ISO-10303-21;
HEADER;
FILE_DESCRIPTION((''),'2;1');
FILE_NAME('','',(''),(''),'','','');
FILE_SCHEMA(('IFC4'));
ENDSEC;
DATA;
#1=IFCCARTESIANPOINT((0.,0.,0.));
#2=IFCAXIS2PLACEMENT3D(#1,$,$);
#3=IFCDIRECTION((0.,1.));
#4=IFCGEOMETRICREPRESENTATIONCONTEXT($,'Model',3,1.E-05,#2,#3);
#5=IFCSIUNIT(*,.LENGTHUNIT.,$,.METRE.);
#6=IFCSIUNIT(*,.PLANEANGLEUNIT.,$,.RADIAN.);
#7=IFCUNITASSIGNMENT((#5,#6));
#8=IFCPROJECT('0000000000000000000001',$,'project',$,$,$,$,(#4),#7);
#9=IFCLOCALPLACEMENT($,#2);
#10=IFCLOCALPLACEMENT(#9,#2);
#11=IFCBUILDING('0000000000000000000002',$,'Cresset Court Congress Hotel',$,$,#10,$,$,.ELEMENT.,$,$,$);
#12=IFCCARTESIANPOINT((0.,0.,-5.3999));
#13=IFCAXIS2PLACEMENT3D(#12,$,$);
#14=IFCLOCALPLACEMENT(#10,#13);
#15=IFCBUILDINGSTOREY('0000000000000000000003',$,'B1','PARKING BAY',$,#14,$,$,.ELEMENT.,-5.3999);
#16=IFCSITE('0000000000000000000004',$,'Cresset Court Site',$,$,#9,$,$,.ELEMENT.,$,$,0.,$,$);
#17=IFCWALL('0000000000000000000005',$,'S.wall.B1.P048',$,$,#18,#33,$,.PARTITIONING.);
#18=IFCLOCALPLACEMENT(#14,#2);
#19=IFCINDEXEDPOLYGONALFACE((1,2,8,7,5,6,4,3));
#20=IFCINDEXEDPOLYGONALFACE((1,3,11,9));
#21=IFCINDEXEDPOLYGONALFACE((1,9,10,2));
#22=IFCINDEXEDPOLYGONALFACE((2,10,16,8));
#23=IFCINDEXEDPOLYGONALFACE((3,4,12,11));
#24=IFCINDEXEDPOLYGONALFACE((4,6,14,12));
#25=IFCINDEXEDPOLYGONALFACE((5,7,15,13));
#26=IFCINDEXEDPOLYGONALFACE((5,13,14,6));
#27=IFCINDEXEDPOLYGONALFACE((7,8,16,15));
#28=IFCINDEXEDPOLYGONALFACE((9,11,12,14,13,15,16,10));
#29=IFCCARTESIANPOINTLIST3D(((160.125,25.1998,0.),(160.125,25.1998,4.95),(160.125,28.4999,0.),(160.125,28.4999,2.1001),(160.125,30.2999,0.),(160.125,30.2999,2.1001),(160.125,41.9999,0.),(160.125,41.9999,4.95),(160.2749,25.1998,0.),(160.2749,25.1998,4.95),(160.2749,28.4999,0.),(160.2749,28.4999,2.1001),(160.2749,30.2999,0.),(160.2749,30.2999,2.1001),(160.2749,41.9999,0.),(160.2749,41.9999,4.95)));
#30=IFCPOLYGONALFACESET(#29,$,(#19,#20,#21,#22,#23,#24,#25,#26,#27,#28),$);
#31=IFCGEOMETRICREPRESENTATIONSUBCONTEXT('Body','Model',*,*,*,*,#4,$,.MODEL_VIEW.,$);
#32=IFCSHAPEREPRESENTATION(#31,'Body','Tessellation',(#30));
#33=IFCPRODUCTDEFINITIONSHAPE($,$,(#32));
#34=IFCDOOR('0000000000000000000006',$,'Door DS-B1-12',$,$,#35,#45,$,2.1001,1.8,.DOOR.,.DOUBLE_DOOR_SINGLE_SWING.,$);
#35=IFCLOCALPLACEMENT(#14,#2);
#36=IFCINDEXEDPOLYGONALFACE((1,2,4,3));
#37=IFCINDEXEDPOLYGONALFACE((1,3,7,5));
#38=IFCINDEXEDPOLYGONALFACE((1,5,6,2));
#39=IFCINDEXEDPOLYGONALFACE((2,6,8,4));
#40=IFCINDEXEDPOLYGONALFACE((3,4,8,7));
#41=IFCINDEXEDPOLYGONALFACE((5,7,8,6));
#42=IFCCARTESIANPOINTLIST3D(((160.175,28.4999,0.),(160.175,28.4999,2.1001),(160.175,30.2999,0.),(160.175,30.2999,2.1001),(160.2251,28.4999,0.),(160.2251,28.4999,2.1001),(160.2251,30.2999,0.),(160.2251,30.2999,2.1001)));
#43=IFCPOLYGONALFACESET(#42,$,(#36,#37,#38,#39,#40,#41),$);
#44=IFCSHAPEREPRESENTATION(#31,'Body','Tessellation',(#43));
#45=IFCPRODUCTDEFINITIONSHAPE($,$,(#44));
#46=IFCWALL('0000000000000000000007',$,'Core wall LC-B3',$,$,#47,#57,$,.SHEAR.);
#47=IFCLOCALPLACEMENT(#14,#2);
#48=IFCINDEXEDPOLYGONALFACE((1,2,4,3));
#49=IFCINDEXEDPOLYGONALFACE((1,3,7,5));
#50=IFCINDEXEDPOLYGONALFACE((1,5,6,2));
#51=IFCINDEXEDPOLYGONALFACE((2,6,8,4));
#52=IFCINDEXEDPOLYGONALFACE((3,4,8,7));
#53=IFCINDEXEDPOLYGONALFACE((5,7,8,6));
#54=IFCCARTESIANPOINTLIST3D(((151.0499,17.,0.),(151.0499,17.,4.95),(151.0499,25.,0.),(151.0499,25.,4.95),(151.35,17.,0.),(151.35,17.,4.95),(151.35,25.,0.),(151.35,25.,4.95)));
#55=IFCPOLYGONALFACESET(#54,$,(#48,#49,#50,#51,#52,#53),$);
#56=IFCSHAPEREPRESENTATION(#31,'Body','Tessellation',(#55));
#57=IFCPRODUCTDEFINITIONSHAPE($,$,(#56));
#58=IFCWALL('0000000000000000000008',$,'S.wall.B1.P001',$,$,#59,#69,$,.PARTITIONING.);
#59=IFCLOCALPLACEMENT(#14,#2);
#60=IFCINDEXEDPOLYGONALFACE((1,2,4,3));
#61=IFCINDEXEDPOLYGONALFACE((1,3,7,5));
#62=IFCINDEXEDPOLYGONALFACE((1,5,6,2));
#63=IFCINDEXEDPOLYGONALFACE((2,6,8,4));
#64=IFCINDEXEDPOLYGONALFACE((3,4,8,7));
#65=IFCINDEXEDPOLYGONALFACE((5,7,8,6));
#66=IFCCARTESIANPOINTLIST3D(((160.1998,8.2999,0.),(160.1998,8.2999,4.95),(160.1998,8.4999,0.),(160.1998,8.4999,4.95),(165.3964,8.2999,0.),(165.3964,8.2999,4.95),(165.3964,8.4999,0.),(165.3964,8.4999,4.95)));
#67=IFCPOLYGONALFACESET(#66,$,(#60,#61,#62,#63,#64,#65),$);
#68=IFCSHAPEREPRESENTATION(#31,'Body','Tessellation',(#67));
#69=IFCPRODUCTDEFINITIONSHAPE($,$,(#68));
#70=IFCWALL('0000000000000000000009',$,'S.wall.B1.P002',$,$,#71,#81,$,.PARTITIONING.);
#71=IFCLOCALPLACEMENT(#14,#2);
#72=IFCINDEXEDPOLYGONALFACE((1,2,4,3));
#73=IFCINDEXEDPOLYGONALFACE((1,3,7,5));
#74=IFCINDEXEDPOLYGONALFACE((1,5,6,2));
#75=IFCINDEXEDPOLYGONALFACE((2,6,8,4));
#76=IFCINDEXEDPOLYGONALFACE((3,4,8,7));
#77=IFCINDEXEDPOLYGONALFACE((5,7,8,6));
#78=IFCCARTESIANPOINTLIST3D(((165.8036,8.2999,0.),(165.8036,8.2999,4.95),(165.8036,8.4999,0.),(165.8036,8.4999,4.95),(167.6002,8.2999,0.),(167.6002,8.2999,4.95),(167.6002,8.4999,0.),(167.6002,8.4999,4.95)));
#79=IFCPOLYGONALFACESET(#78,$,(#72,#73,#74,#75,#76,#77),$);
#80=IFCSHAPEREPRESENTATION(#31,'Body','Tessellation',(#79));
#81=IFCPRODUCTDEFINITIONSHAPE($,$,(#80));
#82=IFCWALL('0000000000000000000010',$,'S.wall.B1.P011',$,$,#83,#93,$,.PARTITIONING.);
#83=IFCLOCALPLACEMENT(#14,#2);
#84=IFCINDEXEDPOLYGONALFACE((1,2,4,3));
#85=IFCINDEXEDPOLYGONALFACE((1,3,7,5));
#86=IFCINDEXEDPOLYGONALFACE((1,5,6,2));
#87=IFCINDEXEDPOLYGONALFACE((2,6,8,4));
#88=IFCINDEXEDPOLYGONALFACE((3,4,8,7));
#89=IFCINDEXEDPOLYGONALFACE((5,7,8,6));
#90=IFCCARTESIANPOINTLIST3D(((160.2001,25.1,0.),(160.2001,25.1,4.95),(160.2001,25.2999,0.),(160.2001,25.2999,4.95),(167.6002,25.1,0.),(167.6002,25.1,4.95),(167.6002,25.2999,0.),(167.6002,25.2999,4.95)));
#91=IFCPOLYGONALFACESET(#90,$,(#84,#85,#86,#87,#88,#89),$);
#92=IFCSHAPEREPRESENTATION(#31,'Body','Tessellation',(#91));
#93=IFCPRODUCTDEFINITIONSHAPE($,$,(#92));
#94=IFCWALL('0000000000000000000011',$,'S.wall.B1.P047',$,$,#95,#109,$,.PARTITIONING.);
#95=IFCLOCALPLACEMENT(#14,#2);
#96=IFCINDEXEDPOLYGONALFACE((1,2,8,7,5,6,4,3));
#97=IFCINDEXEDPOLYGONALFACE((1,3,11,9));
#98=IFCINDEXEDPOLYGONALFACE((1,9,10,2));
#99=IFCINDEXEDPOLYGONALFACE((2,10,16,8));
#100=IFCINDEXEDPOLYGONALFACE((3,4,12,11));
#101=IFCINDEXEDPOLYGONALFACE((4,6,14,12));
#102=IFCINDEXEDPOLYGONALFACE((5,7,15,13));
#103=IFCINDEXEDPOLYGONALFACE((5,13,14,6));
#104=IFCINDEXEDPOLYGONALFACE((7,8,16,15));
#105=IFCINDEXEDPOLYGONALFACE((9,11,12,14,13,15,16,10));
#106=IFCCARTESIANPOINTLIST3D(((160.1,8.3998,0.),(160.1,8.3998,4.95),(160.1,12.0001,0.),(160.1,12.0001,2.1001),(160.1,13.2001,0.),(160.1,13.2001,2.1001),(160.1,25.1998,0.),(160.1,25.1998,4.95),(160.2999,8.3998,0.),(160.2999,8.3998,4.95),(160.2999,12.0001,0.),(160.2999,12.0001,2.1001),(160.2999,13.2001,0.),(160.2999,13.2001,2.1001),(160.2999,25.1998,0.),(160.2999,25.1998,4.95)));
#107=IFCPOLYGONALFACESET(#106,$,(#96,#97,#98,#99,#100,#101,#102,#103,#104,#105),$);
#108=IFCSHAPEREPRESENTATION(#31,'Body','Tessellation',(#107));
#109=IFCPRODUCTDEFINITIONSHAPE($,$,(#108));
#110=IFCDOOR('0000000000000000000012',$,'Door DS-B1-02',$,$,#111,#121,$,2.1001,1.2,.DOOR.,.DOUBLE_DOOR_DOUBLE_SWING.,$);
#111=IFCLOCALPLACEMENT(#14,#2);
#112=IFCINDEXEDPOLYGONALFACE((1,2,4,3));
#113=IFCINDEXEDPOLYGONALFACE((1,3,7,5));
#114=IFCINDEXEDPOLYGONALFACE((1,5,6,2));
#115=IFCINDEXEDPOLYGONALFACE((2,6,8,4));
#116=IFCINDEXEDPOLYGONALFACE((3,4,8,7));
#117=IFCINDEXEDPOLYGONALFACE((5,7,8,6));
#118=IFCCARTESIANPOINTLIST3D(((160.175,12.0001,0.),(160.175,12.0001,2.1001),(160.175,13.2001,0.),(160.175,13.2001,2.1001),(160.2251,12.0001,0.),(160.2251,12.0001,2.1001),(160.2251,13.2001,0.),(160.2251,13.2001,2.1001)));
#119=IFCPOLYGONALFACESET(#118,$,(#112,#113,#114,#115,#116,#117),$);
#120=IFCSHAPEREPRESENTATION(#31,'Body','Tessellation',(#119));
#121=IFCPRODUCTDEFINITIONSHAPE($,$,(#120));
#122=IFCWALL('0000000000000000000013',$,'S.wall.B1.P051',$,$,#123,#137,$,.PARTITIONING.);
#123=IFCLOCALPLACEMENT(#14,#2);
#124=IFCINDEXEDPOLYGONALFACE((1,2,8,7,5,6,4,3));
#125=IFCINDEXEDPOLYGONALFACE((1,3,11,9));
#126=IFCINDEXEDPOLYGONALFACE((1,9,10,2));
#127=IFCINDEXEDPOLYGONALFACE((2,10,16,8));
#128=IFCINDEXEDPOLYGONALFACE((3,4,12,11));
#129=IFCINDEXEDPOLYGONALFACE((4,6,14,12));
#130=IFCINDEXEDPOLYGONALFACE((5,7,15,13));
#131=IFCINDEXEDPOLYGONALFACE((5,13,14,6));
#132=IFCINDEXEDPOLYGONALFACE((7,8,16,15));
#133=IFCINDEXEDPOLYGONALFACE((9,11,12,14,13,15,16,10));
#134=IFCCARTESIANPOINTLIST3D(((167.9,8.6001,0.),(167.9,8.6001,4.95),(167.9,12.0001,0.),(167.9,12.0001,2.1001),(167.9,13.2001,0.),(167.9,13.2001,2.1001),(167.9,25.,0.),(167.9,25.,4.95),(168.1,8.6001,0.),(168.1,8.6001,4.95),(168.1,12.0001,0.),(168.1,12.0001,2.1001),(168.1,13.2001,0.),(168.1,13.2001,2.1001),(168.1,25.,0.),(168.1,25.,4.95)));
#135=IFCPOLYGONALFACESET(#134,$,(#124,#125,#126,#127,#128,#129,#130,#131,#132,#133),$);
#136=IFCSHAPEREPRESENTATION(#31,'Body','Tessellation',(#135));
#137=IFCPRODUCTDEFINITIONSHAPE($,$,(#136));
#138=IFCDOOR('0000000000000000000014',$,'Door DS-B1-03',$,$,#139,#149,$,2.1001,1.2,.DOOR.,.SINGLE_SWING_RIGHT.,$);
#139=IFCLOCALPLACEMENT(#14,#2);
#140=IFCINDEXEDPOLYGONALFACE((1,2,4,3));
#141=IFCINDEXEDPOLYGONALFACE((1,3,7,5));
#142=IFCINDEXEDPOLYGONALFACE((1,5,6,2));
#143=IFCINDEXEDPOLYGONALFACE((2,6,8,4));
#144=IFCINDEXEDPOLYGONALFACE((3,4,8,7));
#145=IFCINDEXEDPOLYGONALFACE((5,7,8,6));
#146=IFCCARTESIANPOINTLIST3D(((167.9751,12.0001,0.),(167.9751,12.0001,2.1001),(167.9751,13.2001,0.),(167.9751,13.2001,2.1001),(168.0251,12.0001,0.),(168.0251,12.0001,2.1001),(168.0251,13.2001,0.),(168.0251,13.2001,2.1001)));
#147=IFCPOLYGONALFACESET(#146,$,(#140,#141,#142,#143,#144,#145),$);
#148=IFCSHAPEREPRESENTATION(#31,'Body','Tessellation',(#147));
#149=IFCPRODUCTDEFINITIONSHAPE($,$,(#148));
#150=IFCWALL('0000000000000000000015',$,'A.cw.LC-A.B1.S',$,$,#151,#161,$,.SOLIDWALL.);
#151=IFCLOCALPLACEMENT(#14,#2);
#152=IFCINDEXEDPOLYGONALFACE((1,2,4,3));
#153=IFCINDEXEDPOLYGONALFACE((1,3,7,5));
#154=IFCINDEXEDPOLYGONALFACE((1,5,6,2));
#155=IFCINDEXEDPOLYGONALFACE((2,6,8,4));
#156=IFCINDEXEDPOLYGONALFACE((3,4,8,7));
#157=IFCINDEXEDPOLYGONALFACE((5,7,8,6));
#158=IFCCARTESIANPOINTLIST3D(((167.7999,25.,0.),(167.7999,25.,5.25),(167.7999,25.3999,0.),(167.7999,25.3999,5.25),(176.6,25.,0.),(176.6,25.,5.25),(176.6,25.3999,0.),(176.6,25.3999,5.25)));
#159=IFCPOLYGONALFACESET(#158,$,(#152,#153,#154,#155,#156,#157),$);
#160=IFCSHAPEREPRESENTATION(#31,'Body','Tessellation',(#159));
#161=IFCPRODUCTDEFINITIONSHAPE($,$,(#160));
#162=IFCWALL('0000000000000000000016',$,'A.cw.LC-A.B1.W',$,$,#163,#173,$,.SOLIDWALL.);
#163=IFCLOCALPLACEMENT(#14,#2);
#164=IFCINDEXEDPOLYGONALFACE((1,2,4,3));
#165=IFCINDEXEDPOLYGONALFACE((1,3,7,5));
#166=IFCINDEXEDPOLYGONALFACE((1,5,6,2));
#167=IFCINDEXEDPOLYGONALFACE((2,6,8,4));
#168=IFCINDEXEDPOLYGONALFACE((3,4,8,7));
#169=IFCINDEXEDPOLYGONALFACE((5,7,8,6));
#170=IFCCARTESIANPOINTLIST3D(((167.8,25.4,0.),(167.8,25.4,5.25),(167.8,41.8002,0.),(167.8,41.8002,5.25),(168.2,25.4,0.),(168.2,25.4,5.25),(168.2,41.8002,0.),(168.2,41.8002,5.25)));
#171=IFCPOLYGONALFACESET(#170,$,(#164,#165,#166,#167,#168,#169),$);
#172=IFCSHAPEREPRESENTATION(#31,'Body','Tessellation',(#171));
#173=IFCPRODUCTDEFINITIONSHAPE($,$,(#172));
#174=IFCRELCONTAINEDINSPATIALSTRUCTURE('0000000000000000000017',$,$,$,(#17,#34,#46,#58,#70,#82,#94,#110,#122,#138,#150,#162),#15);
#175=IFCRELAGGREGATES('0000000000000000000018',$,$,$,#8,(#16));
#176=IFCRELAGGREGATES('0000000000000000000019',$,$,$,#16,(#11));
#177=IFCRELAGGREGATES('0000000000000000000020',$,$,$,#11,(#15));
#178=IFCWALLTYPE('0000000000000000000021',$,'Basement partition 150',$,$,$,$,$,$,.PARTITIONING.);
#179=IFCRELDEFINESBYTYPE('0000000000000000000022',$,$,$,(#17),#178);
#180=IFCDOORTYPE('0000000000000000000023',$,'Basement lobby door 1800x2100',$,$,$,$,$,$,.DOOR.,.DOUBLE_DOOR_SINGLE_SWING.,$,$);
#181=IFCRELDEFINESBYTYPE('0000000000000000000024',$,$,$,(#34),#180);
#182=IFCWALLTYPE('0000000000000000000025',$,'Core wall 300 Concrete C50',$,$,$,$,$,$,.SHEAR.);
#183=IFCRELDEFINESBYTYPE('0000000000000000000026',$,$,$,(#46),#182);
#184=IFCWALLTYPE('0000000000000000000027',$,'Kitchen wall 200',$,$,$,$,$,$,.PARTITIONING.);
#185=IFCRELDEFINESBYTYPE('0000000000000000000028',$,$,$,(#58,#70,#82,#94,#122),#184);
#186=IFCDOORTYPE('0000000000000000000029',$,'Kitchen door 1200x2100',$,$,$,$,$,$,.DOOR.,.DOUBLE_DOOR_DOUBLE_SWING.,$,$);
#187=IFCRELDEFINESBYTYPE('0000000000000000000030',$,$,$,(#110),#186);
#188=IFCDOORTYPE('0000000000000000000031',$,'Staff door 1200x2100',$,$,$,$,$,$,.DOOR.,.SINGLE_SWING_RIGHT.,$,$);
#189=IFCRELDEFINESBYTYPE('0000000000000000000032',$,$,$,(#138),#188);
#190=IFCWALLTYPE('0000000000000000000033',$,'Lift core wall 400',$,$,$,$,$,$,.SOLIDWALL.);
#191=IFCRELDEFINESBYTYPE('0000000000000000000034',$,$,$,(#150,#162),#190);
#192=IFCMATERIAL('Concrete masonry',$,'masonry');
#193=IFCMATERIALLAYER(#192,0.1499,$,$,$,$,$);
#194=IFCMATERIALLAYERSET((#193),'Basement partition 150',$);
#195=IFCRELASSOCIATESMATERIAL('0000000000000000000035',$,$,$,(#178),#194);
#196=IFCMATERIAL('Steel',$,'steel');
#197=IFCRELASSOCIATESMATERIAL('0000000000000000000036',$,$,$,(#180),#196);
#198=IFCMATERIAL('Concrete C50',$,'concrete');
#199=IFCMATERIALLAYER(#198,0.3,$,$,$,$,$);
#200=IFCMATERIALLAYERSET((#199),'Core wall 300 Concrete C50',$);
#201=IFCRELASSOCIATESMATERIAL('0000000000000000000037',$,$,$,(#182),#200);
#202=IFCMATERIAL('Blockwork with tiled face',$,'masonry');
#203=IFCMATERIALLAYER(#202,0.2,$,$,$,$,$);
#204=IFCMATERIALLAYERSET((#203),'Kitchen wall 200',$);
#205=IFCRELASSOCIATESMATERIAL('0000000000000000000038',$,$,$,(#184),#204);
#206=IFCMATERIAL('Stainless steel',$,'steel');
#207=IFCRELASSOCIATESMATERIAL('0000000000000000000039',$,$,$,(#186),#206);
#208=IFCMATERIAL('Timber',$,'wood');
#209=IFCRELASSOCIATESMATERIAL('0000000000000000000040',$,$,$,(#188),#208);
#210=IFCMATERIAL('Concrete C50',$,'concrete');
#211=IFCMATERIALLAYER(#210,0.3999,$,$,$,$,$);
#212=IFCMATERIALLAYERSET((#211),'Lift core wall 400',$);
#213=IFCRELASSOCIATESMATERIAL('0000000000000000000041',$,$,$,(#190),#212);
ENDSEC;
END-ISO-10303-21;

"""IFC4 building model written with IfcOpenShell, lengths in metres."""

from ifc_helpers import new_model, si_unit, direction, frame, frame_2d, origin, place, context, subcontext, project, spatial, rectangle, extrude, material, layer, layer_set, type_object, element, fill, save


model = new_model("IFC4")

# Units and contexts
model_context = context("Model", 3, precision=1e-05, world=origin(), true_north=direction((0.0, 1.0)))
body_context = subcontext(model_context, "Body", "Model", "MODEL_VIEW")
ifc_project = project(units=[si_unit("LENGTHUNIT", "METRE"), si_unit("PLANEANGLEUNIT", "RADIAN")], contexts=[model_context])

# Site, building, storey
site_placement = place(None, origin())
site = spatial("IfcSite", under=ifc_project, at=site_placement, Name="Cresset Court Site", CompositionType="ELEMENT", RefElevation=0.0)
building_placement = place(site_placement, origin())
building = spatial("IfcBuilding", under=site, at=building_placement, Name="Cresset Court Congress Hotel", CompositionType="ELEMENT")
storey_placement = place(building_placement, frame((0.0, 0.0, -5.3999)))
storey = spatial("IfcBuildingStorey", under=building, at=storey_placement, Name="B1", Description="PARKING BAY", CompositionType="ELEMENT", Elevation=-5.3999)

# Wall, opening, door
ifc_material_1 = material(Name="Concrete masonry", Category="masonry")
ifc_layer_1 = layer(ifc_material_1, 0.1499)
ifc_layer_set_1 = layer_set([ifc_layer_1], Name="Basement partition 150")
wall_type_1 = type_object("IfcWallType", Name="Basement partition 150", PredefinedType="PARTITIONING", material=ifc_layer_set_1)
wall_1_placement = place(storey_placement, frame((160.2, 25.2, 0.0), z_axis=(0.0, 0.0, 1.0), x_axis=(0.0, 1.0, 0.0)))
wall_1 = element("IfcWall", 1, at=wall_1_placement, inside=storey, type_object=wall_type_1, Name="S.wall.B1.P048", PredefinedType="PARTITIONING", context=body_context, shape_type="SweptSolid", body=[
    extrude(rectangle(XDim=16.8, YDim=0.1499, at=frame_2d((8.3999, 0.0))), origin(), (0.0, 0.0, 1.0), 4.95),
])
opening_1_placement = place(wall_1_placement, frame((3.3, 0.0, 0.0)))
opening_1 = element("IfcOpeningElement", 2, at=opening_1_placement, cuts=wall_1, PredefinedType="OPENING", context=body_context, shape_type="SweptSolid", body=[
    extrude(rectangle(XDim=1.8, YDim=2.1001, at=frame_2d((0.8999, 1.05))), frame((0.0, 0.085, 0.0), z_axis=(0.0, -1.0, 0.0), x_axis=(1.0, 0.0, 0.0)), (0.0, 0.0, 1.0), 0.1699),
])
ifc_material_2 = material(Name="Steel", Category="steel")
door_type_1 = type_object("IfcDoorType", Name="Basement lobby door 1800x2100", OperationType="DOUBLE_DOOR_SINGLE_SWING", PredefinedType="DOOR", material=ifc_material_2)
door_1_placement = place(opening_1_placement, origin())
door_1 = element("IfcDoor", 3, at=door_1_placement, inside=storey, type_object=door_type_1, Name="Door DS-B1-12", OperationType="DOUBLE_DOOR_SINGLE_SWING", OverallHeight=2.1001, OverallWidth=1.8, PredefinedType="DOOR", context=body_context, shape_type="SweptSolid", body=[
    extrude(rectangle(XDim=1.8, YDim=2.1001, at=frame_2d((0.8999, 1.05))), frame((0.0, 0.0249, 0.0), z_axis=(0.0, -1.0, 0.0), x_axis=(1.0, 0.0, 0.0)), (0.0, 0.0, 1.0), 0.05),
])
fill(opening_1, door_1)

# Walls
ifc_material_3 = material(Name="Concrete C50", Category="concrete")
ifc_layer_2 = layer(ifc_material_3, 0.3)
ifc_layer_set_2 = layer_set([ifc_layer_2], Name="Core wall 300 Concrete C50")
wall_type_2 = type_object("IfcWallType", Name="Core wall 300 Concrete C50", PredefinedType="SHEAR", material=ifc_layer_set_2)
wall_2_placement = place(storey_placement, frame((151.2, 17.0, 0.0), z_axis=(0.0, 0.0, 1.0), x_axis=(0.0, 1.0, 0.0)))
element("IfcWall", 4, at=wall_2_placement, inside=storey, type_object=wall_type_2, Name="Core wall LC-B3", PredefinedType="SHEAR", context=body_context, shape_type="SweptSolid", body=[
    extrude(rectangle(XDim=8.0, YDim=0.3, at=frame_2d((4.0, 0.0))), origin(), (0.0, 0.0, 1.0), 4.95),
])
ifc_material_4 = material(Name="Blockwork with tiled face", Category="masonry")
ifc_layer_3 = layer(ifc_material_4, 0.2)
ifc_layer_set_3 = layer_set([ifc_layer_3], Name="Kitchen wall 200")
wall_type_3 = type_object("IfcWallType", Name="Kitchen wall 200", PredefinedType="PARTITIONING", material=ifc_layer_set_3)
wall_3_placement = place(storey_placement, frame((160.2, 8.3999, 0.0), z_axis=(0.0, 0.0, 1.0), x_axis=(1.0, 0.0, 0.0)))
element("IfcWall", 5, at=wall_3_placement, inside=storey, type_object=wall_type_3, Name="S.wall.B1.P001", PredefinedType="PARTITIONING", context=body_context, shape_type="SweptSolid", body=[
    extrude(rectangle(XDim=5.1965, YDim=0.2, at=frame_2d((2.5981, 0.0))), origin(), (0.0, 0.0, 1.0), 4.95),
])
wall_4_placement = place(storey_placement, frame((165.8035, 8.3999, 0.0), z_axis=(0.0, 0.0, 1.0), x_axis=(1.0, 0.0, 0.0)))
element("IfcWall", 6, at=wall_4_placement, inside=storey, type_object=wall_type_3, Name="S.wall.B1.P002", PredefinedType="PARTITIONING", context=body_context, shape_type="SweptSolid", body=[
    extrude(rectangle(XDim=1.7966, YDim=0.2, at=frame_2d((0.8984, 0.0))), origin(), (0.0, 0.0, 1.0), 4.95),
])
wall_5_placement = place(storey_placement, frame((160.2, 25.2, 0.0), z_axis=(0.0, 0.0, 1.0), x_axis=(1.0, 0.0, 0.0)))
element("IfcWall", 7, at=wall_5_placement, inside=storey, type_object=wall_type_3, Name="S.wall.B1.P011", PredefinedType="PARTITIONING", context=body_context, shape_type="SweptSolid", body=[
    extrude(rectangle(XDim=7.4001, YDim=0.2, at=frame_2d((3.7002, 0.0))), origin(), (0.0, 0.0, 1.0), 4.95),
])

# Walls, openings, doors
wall_6_placement = place(storey_placement, frame((160.2, 8.3999, 0.0), z_axis=(0.0, 0.0, 1.0), x_axis=(0.0, 1.0, 0.0)))
wall_6 = element("IfcWall", 8, at=wall_6_placement, inside=storey, type_object=wall_type_3, Name="S.wall.B1.P047", PredefinedType="PARTITIONING", context=body_context, shape_type="SweptSolid", body=[
    extrude(rectangle(XDim=16.8, YDim=0.2, at=frame_2d((8.3999, 0.0))), origin(), (0.0, 0.0, 1.0), 4.95),
])
opening_2_placement = place(wall_6_placement, frame((3.6001, 0.0, 0.0)))
opening_2 = element("IfcOpeningElement", 9, at=opening_2_placement, cuts=wall_6, PredefinedType="OPENING", context=body_context, shape_type="SweptSolid", body=[
    extrude(rectangle(XDim=1.2, YDim=2.1001, at=frame_2d((0.6001, 1.05))), frame((0.0, 0.1099, 0.0), z_axis=(0.0, -1.0, 0.0), x_axis=(1.0, 0.0, 0.0)), (0.0, 0.0, 1.0), 0.22),
])
ifc_material_5 = material(Name="Stainless steel", Category="steel")
door_type_2 = type_object("IfcDoorType", Name="Kitchen door 1200x2100", OperationType="DOUBLE_DOOR_DOUBLE_SWING", PredefinedType="DOOR", material=ifc_material_5)
door_2_placement = place(opening_2_placement, origin())
door_2 = element("IfcDoor", 10, at=door_2_placement, inside=storey, type_object=door_type_2, Name="Door DS-B1-02", OperationType="DOUBLE_DOOR_DOUBLE_SWING", OverallHeight=2.1001, OverallWidth=1.2, PredefinedType="DOOR", context=body_context, shape_type="SweptSolid", body=[
    extrude(rectangle(XDim=1.2, YDim=2.1001, at=frame_2d((0.6001, 1.05))), frame((0.0, 0.0249, 0.0), z_axis=(0.0, -1.0, 0.0), x_axis=(1.0, 0.0, 0.0)), (0.0, 0.0, 1.0), 0.05),
])
fill(opening_2, door_2)
wall_7_placement = place(storey_placement, frame((168.0, 8.6001, 0.0), z_axis=(0.0, 0.0, 1.0), x_axis=(0.0, 1.0, 0.0)))
wall_7 = element("IfcWall", 11, at=wall_7_placement, inside=storey, type_object=wall_type_3, Name="S.wall.B1.P051", PredefinedType="PARTITIONING", context=body_context, shape_type="SweptSolid", body=[
    extrude(rectangle(XDim=16.3999, YDim=0.2, at=frame_2d((8.2, 0.0))), origin(), (0.0, 0.0, 1.0), 4.95),
])
opening_3_placement = place(wall_7_placement, frame((3.3999, 0.0, 0.0)))
opening_3 = element("IfcOpeningElement", 12, at=opening_3_placement, cuts=wall_7, PredefinedType="OPENING", context=body_context, shape_type="SweptSolid", body=[
    extrude(rectangle(XDim=1.2, YDim=2.1001, at=frame_2d((0.6001, 1.05))), frame((0.0, 0.1099, 0.0), z_axis=(0.0, -1.0, 0.0), x_axis=(1.0, 0.0, 0.0)), (0.0, 0.0, 1.0), 0.22),
])
ifc_material_6 = material(Name="Timber", Category="wood")
door_type_3 = type_object("IfcDoorType", Name="Staff door 1200x2100", OperationType="SINGLE_SWING_RIGHT", PredefinedType="DOOR", material=ifc_material_6)
door_3_placement = place(opening_3_placement, origin())
door_3 = element("IfcDoor", 13, at=door_3_placement, inside=storey, type_object=door_type_3, Name="Door DS-B1-03", OperationType="SINGLE_SWING_RIGHT", OverallHeight=2.1001, OverallWidth=1.2, PredefinedType="DOOR", context=body_context, shape_type="SweptSolid", body=[
    extrude(rectangle(XDim=1.2, YDim=2.1001, at=frame_2d((0.6001, 1.05))), frame((0.0, 0.0249, 0.0), z_axis=(0.0, -1.0, 0.0), x_axis=(1.0, 0.0, 0.0)), (0.0, 0.0, 1.0), 0.05),
])
fill(opening_3, door_3)

# Walls
ifc_material_7 = material(Name="Concrete C50", Category="concrete")
ifc_layer_4 = layer(ifc_material_7, 0.3999)
ifc_layer_set_4 = layer_set([ifc_layer_4], Name="Lift core wall 400")
wall_type_4 = type_object("IfcWallType", Name="Lift core wall 400", PredefinedType="SOLIDWALL", material=ifc_layer_set_4)
wall_8_placement = place(storey_placement, frame((167.8, 25.2, 0.0), z_axis=(0.0, 0.0, 1.0), x_axis=(1.0, 0.0, 0.0)))
element("IfcWall", 14, at=wall_8_placement, inside=storey, type_object=wall_type_4, Name="A.cw.LC-A.B1.S", PredefinedType="SOLIDWALL", context=body_context, shape_type="SweptSolid", body=[
    extrude(rectangle(XDim=8.8, YDim=0.3999, at=frame_2d((4.3999, 0.0))), origin(), (0.0, 0.0, 1.0), 5.25),
])
for number, where, z_axis, x_axis, name in (
    (15, (168.0, 25.3999, 0.0), (0.0, 0.0, 1.0), (0.0, 1.0, 0.0), "A.cw.LC-A.B1.W"),
):
    element("IfcWall", number, at=place(storey_placement, frame(where, z_axis=z_axis, x_axis=x_axis)), inside=storey, type_object=wall_type_4, Name=name, PredefinedType="SOLIDWALL", context=body_context, shape_type="SweptSolid", body=[
        extrude(rectangle(XDim=16.4001, YDim=0.3999, at=frame_2d((8.2002, 0.0))), origin(), (0.0, 0.0, 1.0), 5.25),
    ])

save(model, "model.ifc")
